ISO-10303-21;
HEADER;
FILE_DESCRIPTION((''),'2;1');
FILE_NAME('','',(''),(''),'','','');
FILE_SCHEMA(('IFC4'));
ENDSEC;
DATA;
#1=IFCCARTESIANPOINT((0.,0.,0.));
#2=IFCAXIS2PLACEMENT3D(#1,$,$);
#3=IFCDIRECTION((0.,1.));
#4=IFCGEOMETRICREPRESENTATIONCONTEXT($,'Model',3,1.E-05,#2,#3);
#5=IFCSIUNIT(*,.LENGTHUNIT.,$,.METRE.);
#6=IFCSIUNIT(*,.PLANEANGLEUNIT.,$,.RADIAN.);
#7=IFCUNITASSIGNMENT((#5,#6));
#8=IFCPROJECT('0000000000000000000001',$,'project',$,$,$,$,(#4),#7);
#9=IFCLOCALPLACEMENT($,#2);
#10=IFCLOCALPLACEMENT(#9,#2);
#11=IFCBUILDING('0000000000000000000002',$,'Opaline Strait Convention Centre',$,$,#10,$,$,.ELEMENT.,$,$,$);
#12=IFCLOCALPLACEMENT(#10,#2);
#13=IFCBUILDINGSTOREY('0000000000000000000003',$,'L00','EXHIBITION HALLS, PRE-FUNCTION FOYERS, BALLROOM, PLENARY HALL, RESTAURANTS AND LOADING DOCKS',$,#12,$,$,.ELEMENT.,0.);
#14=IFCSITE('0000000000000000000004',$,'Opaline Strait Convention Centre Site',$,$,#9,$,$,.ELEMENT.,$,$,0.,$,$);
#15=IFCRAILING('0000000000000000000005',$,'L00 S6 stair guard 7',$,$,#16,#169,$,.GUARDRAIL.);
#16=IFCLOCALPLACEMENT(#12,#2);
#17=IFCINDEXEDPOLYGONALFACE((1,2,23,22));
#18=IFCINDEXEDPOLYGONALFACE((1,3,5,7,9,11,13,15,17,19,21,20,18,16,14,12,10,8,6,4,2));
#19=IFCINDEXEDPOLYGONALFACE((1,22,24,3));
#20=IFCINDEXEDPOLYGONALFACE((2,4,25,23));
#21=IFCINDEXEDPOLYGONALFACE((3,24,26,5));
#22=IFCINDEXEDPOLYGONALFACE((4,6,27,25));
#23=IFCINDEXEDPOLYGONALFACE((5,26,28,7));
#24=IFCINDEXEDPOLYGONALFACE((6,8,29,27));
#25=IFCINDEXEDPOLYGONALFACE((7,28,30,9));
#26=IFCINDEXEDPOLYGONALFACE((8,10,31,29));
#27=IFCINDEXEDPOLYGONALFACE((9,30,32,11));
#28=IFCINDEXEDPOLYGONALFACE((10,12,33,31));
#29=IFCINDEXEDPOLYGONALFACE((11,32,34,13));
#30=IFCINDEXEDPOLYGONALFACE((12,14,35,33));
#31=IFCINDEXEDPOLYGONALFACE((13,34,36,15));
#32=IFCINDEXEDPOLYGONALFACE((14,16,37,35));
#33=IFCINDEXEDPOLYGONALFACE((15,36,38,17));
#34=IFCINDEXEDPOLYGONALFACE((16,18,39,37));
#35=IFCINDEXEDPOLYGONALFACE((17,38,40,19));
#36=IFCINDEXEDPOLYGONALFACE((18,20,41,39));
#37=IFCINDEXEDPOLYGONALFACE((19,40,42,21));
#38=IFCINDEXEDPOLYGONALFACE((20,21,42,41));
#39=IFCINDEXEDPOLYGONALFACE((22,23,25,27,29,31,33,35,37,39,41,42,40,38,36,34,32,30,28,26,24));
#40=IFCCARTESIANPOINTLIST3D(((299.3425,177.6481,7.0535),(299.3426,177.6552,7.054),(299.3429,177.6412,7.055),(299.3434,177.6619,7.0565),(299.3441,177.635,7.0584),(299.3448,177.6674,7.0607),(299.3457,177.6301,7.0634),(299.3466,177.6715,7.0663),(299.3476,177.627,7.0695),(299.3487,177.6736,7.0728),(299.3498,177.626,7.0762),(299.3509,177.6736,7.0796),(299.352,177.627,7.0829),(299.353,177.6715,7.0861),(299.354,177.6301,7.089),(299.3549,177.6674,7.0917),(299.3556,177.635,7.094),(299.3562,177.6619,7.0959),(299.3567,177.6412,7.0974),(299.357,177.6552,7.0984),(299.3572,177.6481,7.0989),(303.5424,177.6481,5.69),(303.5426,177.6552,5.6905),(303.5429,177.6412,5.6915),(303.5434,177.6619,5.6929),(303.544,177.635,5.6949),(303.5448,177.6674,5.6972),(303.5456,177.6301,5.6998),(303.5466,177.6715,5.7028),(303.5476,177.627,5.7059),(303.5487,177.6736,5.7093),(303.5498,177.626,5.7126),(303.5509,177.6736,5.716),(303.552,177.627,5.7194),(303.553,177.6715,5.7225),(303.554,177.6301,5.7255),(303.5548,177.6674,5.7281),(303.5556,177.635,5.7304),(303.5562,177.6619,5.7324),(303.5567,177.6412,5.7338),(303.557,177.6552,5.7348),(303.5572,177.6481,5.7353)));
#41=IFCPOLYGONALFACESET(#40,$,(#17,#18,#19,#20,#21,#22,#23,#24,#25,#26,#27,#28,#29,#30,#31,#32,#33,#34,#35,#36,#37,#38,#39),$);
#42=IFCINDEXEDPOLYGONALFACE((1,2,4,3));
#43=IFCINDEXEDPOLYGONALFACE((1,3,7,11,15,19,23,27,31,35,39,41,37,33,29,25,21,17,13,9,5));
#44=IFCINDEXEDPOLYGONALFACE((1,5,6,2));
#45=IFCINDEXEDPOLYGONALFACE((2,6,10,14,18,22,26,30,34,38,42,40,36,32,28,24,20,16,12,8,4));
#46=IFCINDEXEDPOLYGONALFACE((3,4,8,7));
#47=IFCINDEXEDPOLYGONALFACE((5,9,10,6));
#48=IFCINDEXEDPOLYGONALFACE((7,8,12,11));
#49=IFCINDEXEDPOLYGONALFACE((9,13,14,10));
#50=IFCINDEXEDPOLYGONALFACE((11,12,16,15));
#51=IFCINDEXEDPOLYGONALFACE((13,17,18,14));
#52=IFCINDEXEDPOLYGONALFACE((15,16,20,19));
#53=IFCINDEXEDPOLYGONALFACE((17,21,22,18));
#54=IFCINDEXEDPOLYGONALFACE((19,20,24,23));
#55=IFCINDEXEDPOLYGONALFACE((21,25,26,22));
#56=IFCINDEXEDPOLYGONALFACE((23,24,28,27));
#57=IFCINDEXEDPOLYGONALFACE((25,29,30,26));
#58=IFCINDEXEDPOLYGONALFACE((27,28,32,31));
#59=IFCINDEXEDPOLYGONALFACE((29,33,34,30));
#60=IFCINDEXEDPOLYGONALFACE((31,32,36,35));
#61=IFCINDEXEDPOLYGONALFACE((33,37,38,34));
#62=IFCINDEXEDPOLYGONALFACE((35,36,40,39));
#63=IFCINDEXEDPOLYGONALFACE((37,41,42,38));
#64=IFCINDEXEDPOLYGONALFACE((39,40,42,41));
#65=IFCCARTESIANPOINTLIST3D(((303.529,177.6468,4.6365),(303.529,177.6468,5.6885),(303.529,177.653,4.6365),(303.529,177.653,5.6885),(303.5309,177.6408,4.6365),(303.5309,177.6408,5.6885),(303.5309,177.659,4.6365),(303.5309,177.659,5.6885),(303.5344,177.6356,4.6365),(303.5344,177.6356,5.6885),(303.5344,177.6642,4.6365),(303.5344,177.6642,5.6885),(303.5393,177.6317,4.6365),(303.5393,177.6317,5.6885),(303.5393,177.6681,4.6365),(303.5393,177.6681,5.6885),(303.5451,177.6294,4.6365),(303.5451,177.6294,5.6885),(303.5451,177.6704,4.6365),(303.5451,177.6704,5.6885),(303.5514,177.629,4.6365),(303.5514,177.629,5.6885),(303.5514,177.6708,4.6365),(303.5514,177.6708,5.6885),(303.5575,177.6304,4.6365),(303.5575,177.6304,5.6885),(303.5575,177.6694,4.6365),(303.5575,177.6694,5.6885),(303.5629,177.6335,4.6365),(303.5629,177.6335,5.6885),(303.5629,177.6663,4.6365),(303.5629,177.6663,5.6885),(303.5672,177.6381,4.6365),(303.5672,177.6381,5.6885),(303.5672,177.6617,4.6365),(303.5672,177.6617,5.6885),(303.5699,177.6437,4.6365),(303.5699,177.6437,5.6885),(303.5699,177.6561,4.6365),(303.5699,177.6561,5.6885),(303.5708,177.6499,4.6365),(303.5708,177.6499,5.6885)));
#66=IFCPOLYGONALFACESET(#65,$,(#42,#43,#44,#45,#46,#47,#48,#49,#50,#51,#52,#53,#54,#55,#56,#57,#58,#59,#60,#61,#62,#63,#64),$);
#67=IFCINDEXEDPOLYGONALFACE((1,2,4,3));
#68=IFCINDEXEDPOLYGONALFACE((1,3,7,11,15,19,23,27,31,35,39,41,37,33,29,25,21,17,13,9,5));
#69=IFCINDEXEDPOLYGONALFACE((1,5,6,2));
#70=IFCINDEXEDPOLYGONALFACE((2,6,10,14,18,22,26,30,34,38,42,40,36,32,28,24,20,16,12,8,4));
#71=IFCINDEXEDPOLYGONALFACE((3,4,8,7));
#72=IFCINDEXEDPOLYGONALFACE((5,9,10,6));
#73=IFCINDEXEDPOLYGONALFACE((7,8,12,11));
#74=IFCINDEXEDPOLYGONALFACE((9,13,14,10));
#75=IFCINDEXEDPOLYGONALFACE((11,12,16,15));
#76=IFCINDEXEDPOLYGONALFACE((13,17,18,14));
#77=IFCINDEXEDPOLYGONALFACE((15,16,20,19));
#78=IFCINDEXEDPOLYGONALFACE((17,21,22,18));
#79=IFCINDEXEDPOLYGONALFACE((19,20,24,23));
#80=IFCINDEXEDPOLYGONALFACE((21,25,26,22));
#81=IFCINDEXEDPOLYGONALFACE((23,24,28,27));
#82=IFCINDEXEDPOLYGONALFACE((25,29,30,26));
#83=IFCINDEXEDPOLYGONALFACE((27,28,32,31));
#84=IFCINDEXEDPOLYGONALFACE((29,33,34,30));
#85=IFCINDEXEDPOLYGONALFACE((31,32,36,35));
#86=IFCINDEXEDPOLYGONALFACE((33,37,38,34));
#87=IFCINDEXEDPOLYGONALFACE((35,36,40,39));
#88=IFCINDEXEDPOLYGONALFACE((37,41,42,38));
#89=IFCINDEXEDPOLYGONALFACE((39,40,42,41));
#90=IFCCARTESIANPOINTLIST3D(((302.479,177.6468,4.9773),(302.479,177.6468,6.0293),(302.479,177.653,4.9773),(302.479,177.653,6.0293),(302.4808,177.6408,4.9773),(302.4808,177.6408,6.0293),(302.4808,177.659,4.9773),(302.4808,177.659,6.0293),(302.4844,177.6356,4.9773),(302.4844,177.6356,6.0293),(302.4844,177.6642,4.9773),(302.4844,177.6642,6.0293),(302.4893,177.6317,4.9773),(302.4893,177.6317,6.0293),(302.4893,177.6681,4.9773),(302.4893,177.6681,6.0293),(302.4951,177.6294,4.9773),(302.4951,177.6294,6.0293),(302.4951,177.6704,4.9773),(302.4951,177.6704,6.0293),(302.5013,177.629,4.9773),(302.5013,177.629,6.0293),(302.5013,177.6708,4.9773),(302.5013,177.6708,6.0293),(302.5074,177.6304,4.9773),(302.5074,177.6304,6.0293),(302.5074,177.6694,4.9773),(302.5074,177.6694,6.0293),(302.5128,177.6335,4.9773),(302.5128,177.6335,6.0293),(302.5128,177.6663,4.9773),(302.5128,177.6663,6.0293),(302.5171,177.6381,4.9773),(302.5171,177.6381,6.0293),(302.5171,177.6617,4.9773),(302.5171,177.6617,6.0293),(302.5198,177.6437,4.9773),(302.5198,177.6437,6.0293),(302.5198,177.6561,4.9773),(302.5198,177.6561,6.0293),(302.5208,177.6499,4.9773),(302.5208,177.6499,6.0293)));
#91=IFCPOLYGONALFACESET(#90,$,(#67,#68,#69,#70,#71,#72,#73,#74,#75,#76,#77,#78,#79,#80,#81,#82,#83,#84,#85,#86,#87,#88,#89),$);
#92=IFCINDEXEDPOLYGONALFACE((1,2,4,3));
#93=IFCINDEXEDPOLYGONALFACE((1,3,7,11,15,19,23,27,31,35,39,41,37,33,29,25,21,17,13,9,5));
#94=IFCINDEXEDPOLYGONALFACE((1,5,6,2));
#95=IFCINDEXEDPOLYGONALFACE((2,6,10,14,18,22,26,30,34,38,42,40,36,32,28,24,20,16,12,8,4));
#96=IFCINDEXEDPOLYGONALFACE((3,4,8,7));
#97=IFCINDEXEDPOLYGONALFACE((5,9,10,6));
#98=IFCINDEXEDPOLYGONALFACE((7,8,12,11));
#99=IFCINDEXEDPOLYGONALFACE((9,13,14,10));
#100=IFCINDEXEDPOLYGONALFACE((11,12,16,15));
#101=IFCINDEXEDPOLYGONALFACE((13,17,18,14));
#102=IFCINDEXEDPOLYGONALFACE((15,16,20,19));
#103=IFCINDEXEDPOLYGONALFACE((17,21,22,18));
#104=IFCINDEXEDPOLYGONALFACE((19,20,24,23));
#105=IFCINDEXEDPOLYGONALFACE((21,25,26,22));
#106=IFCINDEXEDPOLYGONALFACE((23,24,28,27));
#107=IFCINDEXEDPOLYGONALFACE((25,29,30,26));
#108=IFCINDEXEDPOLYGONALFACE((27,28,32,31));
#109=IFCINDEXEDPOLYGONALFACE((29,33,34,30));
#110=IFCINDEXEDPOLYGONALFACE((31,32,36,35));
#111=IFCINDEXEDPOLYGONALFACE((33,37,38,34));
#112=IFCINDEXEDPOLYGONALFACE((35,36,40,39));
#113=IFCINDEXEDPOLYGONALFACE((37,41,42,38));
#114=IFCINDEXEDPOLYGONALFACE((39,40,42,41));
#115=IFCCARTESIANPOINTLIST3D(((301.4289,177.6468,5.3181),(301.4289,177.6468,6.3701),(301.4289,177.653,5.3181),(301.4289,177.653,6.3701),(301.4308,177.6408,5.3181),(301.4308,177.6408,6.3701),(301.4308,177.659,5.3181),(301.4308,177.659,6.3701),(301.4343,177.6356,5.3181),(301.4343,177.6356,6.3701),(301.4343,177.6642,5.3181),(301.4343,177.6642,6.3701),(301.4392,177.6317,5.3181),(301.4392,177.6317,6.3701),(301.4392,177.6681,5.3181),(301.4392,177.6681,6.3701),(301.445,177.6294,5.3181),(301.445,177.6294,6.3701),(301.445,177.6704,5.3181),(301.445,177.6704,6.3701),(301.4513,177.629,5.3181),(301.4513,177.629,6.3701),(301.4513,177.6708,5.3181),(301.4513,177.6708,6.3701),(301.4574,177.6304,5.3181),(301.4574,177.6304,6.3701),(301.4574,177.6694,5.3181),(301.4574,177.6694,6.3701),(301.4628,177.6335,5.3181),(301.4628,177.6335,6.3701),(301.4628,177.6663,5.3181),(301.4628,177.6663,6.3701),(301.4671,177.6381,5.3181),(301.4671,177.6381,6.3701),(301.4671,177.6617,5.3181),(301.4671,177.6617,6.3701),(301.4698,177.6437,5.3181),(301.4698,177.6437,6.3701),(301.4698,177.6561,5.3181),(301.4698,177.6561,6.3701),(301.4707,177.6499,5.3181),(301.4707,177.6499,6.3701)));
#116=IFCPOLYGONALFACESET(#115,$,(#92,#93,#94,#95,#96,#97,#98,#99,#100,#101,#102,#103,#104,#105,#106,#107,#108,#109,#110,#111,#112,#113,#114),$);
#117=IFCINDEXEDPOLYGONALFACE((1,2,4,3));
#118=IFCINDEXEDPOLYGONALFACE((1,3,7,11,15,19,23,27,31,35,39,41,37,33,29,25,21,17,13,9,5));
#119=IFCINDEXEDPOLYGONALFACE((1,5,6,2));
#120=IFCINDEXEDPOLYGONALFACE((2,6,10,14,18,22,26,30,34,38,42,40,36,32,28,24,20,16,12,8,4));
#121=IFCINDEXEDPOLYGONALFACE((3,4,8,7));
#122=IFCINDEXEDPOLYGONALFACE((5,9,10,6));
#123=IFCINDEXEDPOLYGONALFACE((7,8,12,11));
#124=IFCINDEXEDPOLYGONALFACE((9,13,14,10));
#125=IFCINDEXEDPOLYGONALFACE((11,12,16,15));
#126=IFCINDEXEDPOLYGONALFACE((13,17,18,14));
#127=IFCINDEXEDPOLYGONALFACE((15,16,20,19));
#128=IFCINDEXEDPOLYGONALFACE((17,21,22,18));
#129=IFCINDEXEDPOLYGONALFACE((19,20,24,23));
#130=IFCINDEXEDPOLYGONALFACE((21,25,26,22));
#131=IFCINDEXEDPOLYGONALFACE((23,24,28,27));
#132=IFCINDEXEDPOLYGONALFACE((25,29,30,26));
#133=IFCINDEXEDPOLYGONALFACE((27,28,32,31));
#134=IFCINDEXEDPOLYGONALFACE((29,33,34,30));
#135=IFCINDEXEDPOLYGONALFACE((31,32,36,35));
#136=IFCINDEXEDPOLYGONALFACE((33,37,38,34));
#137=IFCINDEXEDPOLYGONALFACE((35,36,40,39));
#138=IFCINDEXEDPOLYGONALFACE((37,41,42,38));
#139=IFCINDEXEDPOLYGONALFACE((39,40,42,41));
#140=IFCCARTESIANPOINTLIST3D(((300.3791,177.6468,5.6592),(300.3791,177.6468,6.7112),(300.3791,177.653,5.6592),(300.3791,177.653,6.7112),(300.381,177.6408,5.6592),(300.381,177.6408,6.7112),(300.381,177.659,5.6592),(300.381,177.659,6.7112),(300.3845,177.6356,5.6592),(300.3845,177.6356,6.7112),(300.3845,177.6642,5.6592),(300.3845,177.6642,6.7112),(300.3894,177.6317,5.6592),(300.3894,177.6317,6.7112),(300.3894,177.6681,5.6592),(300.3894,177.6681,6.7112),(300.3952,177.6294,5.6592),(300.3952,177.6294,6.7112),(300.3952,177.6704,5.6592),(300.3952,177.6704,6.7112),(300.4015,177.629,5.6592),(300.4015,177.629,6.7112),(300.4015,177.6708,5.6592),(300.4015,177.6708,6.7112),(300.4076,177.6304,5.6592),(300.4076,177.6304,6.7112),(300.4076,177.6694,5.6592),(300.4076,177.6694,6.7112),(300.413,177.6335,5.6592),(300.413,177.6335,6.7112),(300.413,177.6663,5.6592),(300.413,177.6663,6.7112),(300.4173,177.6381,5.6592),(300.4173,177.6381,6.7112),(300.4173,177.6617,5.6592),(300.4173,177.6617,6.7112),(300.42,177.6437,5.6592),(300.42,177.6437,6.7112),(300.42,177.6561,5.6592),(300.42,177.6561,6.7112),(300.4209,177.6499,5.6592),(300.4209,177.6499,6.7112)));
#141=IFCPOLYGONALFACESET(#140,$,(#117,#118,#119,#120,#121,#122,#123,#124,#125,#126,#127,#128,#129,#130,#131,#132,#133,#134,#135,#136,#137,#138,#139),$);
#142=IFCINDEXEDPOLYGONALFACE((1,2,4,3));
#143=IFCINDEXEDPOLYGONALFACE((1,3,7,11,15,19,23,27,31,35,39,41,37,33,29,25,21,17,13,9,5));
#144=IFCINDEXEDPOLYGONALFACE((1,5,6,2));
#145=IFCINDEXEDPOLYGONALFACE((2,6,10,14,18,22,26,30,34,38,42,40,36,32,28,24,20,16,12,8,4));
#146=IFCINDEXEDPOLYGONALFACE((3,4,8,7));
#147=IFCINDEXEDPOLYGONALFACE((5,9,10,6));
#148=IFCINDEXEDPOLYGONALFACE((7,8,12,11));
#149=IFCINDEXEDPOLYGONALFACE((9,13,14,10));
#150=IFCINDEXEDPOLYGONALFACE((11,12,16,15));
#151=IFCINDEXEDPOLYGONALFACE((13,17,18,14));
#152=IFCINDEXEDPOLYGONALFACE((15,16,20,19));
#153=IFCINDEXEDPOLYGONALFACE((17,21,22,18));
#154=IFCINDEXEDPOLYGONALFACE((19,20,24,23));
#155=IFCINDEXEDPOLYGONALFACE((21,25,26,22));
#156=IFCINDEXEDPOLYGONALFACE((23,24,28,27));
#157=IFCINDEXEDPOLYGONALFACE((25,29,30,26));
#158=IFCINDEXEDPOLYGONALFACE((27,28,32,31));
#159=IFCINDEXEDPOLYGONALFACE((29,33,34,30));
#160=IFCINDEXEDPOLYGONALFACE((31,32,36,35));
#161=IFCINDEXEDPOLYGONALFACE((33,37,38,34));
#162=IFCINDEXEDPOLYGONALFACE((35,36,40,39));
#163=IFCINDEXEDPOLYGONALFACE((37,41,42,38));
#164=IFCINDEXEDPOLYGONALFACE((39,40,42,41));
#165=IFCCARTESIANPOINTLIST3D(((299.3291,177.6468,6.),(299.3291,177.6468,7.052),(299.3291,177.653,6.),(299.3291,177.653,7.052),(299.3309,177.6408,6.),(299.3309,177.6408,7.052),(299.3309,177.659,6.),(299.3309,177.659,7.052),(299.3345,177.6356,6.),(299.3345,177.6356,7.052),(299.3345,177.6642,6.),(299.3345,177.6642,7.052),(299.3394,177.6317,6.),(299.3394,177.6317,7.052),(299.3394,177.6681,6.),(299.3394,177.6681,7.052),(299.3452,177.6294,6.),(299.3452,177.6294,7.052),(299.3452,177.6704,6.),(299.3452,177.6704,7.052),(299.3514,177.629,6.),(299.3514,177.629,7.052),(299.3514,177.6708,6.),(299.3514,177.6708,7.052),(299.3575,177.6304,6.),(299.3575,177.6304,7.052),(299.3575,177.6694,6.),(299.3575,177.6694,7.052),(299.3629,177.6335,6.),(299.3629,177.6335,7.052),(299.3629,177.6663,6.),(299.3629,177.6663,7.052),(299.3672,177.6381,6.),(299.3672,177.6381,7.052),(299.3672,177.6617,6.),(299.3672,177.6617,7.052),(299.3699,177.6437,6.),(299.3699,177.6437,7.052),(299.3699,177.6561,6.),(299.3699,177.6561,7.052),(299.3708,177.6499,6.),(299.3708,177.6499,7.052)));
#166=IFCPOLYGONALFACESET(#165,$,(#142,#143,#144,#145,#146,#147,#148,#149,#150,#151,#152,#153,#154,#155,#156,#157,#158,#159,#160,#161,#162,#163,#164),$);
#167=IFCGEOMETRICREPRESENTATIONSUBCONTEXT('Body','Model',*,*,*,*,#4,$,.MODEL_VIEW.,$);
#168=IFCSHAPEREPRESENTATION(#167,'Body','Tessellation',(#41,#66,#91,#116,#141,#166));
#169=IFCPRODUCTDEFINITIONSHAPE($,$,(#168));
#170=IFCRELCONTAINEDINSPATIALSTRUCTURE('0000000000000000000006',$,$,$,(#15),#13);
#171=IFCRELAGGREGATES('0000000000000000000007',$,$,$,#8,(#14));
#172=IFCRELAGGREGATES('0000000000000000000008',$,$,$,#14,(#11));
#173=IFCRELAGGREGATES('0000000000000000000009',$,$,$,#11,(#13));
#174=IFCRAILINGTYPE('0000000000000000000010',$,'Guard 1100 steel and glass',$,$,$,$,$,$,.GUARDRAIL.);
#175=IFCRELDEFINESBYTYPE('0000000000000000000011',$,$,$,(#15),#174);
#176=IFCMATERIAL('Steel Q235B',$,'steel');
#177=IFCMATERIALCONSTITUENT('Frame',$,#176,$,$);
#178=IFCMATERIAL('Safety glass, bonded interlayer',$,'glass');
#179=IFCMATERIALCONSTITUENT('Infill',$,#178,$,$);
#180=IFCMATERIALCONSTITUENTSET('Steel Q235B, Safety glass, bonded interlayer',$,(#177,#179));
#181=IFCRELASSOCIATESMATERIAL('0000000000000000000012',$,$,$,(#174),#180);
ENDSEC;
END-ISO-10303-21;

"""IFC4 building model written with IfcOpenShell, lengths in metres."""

from ifc_helpers import new_model, si_unit, direction, frame, origin, origin_2d, place, context, subcontext, project, spatial, circle, extrude, material, constituent, constituent_set, type_object, element, save


model = new_model("IFC4")

# Units and contexts
model_context = context("Model", 3, precision=1e-05, world=origin(), true_north=direction((0.0, 1.0)))
body_context = subcontext(model_context, "Body", "Model", "MODEL_VIEW")
ifc_project = project(units=[si_unit("LENGTHUNIT", "METRE"), si_unit("PLANEANGLEUNIT", "RADIAN")], contexts=[model_context])

# Site, building, storey
site_placement = place(None, origin())
site = spatial("IfcSite", under=ifc_project, at=site_placement, Name="Opaline Strait Convention Centre Site", CompositionType="ELEMENT", RefElevation=0.0)
building_placement = place(site_placement, origin())
building = spatial("IfcBuilding", under=site, at=building_placement, Name="Opaline Strait Convention Centre", CompositionType="ELEMENT")
storey_placement = place(building_placement, origin())
storey = spatial("IfcBuildingStorey", under=building, at=storey_placement, Name="L00", Description="EXHIBITION HALLS, PRE-FUNCTION FOYERS, BALLROOM, PLENARY HALL, RESTAURANTS AND LOADING DOCKS", CompositionType="ELEMENT", Elevation=0.0)

# Railing
ifc_material_1 = material(Name="Steel Q235B", Category="steel")
ifc_constituent_1 = constituent(ifc_material_1, Name="Frame")
ifc_material_2 = material(Name="Safety glass, bonded interlayer", Category="glass")
ifc_constituent_2 = constituent(ifc_material_2, Name="Infill")
ifc_constituent_set = constituent_set(constituents=[ifc_constituent_1, ifc_constituent_2], Name="Steel Q235B, Safety glass, bonded interlayer")
railing_type_1 = type_object("IfcRailingType", Name="Guard 1100 steel and glass", PredefinedType="GUARDRAIL", material=ifc_constituent_set)
railing_1_placement = place(storey_placement, frame((303.5498, 177.6499, 4.6365)))
element("IfcRailing", 1, at=railing_1_placement, inside=storey, type_object=railing_type_1, Name="L00 S6 stair guard 7", PredefinedType="GUARDRAIL", context=body_context, shape_type="SweptSolid", body=[
    extrude(circle(Radius=0.0239, at=origin_2d()), frame((0.0, 0.0, 1.0762), z_axis=(-0.951131, 0.0, 0.308787), x_axis=(0.0, -1.0, 0.0)), (0.0, 0.0, 1.0), 4.4158),
    extrude(circle(Radius=0.021, at=origin_2d()), origin(), (0.0, 0.0, 1.0), 1.052),
    extrude(circle(Radius=0.021, at=origin_2d()), frame((-1.05, 0.0, 0.3408)), (0.0, 0.0, 1.0), 1.052),
    extrude(circle(Radius=0.021, at=origin_2d()), frame((-2.1001, 0.0, 0.6816)), (0.0, 0.0, 1.0), 1.052),
    extrude(circle(Radius=0.021, at=origin_2d()), frame((-3.1499, 0.0, 1.0227)), (0.0, 0.0, 1.0), 1.052),
    extrude(circle(Radius=0.021, at=origin_2d()), frame((-4.2, 0.0, 1.3635)), (0.0, 0.0, 1.0), 1.052),
])

save(model, "model.ifc")
